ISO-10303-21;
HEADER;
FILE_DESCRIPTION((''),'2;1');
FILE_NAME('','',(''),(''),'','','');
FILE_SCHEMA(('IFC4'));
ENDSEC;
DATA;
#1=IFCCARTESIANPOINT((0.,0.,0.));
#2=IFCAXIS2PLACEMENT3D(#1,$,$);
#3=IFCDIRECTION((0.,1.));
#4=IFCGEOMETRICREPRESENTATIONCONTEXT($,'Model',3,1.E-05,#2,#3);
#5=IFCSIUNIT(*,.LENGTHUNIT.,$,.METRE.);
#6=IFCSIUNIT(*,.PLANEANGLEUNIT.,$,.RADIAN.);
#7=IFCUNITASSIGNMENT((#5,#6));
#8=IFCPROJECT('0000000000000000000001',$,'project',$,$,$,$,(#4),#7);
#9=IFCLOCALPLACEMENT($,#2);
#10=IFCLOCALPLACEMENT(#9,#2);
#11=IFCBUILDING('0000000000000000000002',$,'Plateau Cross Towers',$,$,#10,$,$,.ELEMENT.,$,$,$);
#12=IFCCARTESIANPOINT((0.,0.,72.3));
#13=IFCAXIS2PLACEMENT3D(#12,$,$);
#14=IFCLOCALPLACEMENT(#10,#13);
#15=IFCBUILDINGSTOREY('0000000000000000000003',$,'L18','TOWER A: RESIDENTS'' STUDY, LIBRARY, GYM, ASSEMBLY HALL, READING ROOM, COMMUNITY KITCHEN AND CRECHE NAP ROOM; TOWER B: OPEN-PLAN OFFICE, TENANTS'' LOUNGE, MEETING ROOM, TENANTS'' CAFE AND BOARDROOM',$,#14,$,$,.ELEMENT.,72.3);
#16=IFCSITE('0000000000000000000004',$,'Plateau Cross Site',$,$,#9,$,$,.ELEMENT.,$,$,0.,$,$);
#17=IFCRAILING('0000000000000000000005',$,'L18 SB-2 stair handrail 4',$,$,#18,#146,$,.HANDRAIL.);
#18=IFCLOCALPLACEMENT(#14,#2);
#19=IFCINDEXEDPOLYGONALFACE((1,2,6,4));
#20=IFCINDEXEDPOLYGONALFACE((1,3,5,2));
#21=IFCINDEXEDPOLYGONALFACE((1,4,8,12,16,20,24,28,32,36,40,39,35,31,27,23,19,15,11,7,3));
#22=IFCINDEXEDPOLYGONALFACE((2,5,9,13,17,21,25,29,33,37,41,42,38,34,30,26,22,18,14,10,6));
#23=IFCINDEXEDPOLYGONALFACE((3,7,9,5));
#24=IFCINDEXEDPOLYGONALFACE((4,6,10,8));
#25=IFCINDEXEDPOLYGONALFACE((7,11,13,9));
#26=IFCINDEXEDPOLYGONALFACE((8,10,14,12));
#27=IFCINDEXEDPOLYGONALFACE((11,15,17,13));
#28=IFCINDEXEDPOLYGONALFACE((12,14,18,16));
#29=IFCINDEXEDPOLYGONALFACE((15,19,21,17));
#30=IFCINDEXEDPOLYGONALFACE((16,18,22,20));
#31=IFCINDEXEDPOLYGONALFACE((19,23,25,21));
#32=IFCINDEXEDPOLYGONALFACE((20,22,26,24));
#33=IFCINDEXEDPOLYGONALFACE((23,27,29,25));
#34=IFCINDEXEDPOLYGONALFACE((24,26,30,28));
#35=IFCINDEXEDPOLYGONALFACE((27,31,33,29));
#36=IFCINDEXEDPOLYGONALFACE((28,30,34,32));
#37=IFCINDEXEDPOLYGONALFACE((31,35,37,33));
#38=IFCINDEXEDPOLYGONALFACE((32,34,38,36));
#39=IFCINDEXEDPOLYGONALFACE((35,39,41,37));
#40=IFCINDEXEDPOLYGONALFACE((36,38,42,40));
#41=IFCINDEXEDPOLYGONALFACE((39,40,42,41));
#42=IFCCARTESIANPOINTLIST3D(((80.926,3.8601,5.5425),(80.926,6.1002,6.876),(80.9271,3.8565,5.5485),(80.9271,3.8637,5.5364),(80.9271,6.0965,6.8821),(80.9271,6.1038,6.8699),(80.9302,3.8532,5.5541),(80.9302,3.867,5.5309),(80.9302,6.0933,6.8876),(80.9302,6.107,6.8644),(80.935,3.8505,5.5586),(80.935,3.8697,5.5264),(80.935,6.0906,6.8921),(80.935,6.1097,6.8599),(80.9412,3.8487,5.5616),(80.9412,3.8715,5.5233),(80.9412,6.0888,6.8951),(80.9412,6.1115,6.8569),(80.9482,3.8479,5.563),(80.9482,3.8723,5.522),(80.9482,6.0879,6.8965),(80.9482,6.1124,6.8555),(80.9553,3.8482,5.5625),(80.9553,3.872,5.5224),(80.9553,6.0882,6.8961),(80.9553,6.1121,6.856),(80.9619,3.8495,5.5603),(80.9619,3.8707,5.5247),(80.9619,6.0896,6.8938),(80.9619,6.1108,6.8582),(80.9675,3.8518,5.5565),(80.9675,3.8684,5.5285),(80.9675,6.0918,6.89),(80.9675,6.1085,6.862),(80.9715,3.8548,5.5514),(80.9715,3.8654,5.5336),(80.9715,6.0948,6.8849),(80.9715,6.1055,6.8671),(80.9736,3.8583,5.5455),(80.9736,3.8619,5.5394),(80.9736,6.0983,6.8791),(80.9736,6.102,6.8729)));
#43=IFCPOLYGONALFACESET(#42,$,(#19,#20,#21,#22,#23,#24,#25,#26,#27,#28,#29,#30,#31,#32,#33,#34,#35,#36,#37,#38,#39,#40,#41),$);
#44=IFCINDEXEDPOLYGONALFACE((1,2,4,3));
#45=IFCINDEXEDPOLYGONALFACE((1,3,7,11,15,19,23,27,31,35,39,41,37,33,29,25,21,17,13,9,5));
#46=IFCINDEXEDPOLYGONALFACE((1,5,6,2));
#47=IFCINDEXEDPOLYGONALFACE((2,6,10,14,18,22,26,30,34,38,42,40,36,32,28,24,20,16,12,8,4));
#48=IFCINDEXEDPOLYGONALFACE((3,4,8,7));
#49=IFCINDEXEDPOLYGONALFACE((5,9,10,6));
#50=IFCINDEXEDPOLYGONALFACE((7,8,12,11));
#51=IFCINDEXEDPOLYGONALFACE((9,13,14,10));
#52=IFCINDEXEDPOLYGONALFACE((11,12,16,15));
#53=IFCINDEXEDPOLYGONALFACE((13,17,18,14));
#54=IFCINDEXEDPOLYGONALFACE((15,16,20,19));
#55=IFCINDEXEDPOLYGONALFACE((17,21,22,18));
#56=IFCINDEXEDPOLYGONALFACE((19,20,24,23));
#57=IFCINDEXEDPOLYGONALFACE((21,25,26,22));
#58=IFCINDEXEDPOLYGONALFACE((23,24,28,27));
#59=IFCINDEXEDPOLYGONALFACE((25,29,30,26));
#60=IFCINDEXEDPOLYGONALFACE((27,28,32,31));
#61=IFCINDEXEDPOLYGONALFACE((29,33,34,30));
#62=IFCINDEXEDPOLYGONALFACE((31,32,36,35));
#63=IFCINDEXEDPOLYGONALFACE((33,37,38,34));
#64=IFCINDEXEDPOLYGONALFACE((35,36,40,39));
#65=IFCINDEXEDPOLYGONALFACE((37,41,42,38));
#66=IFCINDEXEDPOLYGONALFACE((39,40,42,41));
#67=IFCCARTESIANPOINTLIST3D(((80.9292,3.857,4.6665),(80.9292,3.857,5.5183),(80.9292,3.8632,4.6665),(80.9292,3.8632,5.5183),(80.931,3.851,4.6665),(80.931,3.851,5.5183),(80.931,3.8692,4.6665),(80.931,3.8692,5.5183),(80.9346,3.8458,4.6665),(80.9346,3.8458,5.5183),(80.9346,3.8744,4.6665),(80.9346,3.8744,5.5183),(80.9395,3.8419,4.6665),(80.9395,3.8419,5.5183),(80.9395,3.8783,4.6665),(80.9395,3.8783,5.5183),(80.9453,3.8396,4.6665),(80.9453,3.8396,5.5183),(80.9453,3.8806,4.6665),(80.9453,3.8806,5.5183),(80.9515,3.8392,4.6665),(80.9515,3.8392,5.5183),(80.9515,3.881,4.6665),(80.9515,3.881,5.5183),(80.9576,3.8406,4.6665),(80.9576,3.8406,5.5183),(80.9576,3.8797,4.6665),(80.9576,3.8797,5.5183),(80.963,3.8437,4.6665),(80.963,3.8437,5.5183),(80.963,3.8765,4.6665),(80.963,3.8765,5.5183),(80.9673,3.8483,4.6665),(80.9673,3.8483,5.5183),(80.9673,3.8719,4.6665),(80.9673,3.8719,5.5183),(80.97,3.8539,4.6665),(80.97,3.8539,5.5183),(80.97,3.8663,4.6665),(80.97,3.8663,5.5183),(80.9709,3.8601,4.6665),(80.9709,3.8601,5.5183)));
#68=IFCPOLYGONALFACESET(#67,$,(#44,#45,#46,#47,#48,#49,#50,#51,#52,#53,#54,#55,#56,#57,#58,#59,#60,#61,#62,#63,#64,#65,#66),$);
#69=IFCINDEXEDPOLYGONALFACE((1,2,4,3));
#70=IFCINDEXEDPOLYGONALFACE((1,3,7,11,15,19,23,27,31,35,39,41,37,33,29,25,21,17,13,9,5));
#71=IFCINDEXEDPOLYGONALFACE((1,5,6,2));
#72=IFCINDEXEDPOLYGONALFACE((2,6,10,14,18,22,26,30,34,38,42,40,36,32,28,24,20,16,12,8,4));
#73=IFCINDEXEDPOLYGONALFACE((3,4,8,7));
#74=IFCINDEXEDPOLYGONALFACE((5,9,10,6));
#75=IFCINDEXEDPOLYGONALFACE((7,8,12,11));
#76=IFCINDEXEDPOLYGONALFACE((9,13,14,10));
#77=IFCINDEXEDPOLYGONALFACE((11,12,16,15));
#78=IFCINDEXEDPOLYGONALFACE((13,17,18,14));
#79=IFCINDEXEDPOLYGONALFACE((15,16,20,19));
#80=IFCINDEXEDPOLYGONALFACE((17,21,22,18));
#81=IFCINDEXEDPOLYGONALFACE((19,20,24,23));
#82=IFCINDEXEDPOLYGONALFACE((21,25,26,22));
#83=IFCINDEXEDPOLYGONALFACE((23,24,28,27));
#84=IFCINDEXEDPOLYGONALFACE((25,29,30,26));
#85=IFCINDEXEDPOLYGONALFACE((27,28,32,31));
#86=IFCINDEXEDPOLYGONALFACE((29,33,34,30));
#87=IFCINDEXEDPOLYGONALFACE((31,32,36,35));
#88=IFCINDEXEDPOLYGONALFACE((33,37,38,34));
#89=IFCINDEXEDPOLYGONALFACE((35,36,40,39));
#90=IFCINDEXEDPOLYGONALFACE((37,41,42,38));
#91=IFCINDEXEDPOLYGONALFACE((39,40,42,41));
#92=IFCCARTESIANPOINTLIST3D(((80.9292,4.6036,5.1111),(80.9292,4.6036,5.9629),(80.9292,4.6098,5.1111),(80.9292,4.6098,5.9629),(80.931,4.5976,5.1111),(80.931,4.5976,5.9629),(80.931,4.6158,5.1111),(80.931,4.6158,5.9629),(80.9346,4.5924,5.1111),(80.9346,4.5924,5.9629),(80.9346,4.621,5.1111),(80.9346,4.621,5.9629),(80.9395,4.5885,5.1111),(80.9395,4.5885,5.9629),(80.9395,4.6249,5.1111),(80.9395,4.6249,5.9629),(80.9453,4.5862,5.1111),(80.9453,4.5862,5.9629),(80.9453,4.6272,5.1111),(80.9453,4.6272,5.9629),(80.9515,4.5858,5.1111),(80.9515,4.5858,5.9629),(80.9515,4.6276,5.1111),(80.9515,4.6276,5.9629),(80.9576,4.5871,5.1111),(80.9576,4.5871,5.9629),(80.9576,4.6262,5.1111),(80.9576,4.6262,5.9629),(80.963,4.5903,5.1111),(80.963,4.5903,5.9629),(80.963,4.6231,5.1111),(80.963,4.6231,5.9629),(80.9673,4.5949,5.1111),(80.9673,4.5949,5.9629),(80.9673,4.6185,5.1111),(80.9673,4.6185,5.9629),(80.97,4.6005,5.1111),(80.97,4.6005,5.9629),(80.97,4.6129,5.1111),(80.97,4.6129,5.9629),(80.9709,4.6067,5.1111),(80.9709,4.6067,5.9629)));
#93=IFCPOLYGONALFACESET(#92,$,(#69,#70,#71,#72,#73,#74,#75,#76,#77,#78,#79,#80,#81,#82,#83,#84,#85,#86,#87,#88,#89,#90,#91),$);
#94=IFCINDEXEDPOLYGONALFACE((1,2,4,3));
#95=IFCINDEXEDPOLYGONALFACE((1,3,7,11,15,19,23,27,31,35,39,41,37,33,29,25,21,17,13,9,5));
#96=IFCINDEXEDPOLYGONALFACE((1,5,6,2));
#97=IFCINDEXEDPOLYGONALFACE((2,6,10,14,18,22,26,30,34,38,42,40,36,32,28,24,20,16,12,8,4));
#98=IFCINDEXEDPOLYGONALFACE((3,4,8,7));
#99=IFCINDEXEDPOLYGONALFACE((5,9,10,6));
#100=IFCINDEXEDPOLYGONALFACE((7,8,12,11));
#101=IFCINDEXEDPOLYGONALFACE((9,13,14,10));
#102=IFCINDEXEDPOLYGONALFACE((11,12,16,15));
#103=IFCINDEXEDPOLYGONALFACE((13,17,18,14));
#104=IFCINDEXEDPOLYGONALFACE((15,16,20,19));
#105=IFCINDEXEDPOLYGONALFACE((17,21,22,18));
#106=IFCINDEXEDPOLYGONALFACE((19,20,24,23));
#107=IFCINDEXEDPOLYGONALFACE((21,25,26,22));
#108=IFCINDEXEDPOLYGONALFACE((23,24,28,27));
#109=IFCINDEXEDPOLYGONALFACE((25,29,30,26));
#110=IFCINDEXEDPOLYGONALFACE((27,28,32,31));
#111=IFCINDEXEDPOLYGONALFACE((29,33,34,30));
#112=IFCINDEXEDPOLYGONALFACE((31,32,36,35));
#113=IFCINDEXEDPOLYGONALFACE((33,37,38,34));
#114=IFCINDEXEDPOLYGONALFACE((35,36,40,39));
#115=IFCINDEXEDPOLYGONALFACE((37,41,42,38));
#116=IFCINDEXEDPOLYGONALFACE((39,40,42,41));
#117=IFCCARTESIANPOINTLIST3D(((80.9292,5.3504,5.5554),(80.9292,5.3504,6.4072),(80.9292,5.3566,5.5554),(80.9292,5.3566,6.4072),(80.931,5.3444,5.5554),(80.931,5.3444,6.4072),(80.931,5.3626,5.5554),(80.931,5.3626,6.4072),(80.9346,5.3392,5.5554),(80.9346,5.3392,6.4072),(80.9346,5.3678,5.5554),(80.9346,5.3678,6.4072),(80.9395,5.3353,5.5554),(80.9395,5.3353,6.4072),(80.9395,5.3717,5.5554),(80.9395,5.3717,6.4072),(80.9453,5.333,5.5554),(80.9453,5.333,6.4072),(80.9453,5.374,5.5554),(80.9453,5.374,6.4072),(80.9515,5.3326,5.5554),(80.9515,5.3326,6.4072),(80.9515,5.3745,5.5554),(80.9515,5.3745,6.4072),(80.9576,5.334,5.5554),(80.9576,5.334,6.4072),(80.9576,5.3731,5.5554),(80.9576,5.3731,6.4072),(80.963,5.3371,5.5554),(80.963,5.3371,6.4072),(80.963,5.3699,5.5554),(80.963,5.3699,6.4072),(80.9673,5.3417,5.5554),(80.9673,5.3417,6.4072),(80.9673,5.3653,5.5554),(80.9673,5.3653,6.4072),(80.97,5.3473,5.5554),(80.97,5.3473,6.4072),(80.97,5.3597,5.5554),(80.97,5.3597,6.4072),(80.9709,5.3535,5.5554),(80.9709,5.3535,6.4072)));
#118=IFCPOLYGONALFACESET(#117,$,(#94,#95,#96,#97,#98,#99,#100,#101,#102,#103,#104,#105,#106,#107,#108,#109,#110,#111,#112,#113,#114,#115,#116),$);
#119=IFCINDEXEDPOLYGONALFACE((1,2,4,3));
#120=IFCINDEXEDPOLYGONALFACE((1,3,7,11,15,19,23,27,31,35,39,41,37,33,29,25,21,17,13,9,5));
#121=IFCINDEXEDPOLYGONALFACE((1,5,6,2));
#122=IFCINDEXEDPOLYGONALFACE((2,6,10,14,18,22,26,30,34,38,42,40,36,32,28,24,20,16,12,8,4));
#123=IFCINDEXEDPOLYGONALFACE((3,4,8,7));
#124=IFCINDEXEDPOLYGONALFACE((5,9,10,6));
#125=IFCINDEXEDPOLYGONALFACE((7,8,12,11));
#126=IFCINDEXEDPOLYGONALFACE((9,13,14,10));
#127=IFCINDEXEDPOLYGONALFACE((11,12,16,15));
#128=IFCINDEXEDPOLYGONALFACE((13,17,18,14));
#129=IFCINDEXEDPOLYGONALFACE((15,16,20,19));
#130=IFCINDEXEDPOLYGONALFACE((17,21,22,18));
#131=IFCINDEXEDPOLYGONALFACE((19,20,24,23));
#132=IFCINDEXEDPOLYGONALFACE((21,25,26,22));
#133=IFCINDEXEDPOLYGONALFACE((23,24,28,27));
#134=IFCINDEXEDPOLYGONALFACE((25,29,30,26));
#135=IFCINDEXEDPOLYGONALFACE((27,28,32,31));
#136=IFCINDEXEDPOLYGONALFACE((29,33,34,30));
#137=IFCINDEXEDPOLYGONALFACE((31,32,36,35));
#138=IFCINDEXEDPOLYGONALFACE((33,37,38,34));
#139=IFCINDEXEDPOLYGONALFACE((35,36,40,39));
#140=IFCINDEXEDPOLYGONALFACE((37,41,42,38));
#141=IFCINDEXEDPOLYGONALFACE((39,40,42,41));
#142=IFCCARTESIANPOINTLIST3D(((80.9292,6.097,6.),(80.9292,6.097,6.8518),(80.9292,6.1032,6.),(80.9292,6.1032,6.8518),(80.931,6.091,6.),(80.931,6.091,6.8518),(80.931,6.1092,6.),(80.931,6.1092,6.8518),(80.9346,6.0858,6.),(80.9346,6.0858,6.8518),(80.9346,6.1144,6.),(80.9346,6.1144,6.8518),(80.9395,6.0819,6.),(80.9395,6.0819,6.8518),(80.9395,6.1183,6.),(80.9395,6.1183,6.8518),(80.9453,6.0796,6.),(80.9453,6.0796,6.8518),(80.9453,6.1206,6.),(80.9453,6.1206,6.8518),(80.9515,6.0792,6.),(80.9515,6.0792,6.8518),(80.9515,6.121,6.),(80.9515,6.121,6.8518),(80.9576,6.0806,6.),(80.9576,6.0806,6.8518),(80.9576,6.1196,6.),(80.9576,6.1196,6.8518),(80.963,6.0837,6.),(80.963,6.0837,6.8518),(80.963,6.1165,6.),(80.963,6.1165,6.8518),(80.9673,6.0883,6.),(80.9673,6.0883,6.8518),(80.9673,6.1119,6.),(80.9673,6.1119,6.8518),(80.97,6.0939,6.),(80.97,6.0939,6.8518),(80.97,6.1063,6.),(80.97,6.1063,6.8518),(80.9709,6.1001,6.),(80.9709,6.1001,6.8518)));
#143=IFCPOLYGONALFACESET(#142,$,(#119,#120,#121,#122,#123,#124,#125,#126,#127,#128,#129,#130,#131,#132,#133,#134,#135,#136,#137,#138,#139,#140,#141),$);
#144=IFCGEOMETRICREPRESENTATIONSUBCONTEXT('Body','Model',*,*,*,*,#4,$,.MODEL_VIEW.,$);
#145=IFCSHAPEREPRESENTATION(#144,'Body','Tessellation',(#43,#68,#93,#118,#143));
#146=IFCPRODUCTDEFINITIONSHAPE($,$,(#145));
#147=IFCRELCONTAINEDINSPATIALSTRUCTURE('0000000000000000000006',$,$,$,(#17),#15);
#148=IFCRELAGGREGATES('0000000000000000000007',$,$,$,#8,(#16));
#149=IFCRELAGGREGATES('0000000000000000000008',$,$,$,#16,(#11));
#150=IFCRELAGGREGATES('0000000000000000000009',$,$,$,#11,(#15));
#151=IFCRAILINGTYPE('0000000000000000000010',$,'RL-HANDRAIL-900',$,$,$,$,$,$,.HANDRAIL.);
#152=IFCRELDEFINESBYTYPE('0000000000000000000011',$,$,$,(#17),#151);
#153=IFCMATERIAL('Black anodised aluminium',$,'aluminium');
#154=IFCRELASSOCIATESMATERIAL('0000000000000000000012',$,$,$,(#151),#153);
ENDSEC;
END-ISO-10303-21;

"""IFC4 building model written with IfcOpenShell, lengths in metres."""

from ifc_helpers import new_model, si_unit, direction, frame, origin, origin_2d, place, context, subcontext, project, spatial, circle, extrude, material, type_object, element, save


model = new_model("IFC4")

# Units and contexts
model_context = context("Model", 3, precision=1e-05, world=origin(), true_north=direction((0.0, 1.0)))
body_context = subcontext(model_context, "Body", "Model", "MODEL_VIEW")
ifc_project = project(units=[si_unit("LENGTHUNIT", "METRE"), si_unit("PLANEANGLEUNIT", "RADIAN")], contexts=[model_context])

# Site, building, storey
site_placement = place(None, origin())
site = spatial("IfcSite", under=ifc_project, at=site_placement, Name="Plateau Cross Site", CompositionType="ELEMENT", RefElevation=0.0)
building_placement = place(site_placement, origin())
building = spatial("IfcBuilding", under=site, at=building_placement, Name="Plateau Cross Towers", CompositionType="ELEMENT")
storey_placement = place(building_placement, frame((0.0, 0.0, 72.3)))
storey = spatial("IfcBuildingStorey", under=building, at=storey_placement, Name="L18", Description="TOWER A: RESIDENTS' STUDY, LIBRARY, GYM, ASSEMBLY HALL, READING ROOM, COMMUNITY KITCHEN AND CRECHE NAP ROOM; TOWER B: OPEN-PLAN OFFICE, TENANTS' LOUNGE, MEETING ROOM, TENANTS' CAFE AND BOARDROOM", CompositionType="ELEMENT", Elevation=72.3)

# Railing
ifc_material_1 = material(Name="Black anodised aluminium", Category="aluminium")
railing_type_1 = type_object("IfcRailingType", Name="RL-HANDRAIL-900", PredefinedType="HANDRAIL", material=ifc_material_1)
railing_1_placement = place(storey_placement, frame((80.95, 3.8601, 4.6665)))
element("IfcRailing", 1, at=railing_1_placement, inside=storey, type_object=railing_type_1, Name="L18 SB-2 stair handrail 4", PredefinedType="HANDRAIL", context=body_context, shape_type="SweptSolid", body=[
    extrude(circle(Radius=0.0239, at=origin_2d()), frame((0.0, 0.0, 0.876), z_axis=(0.0, 0.859264, 0.511532), x_axis=(-1.0, 0.0, 0.0)), (0.0, 0.0, 1.0), 2.6069),
    extrude(circle(Radius=0.021, at=origin_2d()), origin(), (0.0, 0.0, 1.0), 0.8518),
    extrude(circle(Radius=0.021, at=origin_2d()), frame((0.0, 0.7466, 0.4446)), (0.0, 0.0, 1.0), 0.8518),
    extrude(circle(Radius=0.021, at=origin_2d()), frame((0.0, 1.4934, 0.8889)), (0.0, 0.0, 1.0), 0.8518),
    extrude(circle(Radius=0.021, at=origin_2d()), frame((0.0, 2.24, 1.3335)), (0.0, 0.0, 1.0), 0.8518),
])

save(model, "model.ifc")
